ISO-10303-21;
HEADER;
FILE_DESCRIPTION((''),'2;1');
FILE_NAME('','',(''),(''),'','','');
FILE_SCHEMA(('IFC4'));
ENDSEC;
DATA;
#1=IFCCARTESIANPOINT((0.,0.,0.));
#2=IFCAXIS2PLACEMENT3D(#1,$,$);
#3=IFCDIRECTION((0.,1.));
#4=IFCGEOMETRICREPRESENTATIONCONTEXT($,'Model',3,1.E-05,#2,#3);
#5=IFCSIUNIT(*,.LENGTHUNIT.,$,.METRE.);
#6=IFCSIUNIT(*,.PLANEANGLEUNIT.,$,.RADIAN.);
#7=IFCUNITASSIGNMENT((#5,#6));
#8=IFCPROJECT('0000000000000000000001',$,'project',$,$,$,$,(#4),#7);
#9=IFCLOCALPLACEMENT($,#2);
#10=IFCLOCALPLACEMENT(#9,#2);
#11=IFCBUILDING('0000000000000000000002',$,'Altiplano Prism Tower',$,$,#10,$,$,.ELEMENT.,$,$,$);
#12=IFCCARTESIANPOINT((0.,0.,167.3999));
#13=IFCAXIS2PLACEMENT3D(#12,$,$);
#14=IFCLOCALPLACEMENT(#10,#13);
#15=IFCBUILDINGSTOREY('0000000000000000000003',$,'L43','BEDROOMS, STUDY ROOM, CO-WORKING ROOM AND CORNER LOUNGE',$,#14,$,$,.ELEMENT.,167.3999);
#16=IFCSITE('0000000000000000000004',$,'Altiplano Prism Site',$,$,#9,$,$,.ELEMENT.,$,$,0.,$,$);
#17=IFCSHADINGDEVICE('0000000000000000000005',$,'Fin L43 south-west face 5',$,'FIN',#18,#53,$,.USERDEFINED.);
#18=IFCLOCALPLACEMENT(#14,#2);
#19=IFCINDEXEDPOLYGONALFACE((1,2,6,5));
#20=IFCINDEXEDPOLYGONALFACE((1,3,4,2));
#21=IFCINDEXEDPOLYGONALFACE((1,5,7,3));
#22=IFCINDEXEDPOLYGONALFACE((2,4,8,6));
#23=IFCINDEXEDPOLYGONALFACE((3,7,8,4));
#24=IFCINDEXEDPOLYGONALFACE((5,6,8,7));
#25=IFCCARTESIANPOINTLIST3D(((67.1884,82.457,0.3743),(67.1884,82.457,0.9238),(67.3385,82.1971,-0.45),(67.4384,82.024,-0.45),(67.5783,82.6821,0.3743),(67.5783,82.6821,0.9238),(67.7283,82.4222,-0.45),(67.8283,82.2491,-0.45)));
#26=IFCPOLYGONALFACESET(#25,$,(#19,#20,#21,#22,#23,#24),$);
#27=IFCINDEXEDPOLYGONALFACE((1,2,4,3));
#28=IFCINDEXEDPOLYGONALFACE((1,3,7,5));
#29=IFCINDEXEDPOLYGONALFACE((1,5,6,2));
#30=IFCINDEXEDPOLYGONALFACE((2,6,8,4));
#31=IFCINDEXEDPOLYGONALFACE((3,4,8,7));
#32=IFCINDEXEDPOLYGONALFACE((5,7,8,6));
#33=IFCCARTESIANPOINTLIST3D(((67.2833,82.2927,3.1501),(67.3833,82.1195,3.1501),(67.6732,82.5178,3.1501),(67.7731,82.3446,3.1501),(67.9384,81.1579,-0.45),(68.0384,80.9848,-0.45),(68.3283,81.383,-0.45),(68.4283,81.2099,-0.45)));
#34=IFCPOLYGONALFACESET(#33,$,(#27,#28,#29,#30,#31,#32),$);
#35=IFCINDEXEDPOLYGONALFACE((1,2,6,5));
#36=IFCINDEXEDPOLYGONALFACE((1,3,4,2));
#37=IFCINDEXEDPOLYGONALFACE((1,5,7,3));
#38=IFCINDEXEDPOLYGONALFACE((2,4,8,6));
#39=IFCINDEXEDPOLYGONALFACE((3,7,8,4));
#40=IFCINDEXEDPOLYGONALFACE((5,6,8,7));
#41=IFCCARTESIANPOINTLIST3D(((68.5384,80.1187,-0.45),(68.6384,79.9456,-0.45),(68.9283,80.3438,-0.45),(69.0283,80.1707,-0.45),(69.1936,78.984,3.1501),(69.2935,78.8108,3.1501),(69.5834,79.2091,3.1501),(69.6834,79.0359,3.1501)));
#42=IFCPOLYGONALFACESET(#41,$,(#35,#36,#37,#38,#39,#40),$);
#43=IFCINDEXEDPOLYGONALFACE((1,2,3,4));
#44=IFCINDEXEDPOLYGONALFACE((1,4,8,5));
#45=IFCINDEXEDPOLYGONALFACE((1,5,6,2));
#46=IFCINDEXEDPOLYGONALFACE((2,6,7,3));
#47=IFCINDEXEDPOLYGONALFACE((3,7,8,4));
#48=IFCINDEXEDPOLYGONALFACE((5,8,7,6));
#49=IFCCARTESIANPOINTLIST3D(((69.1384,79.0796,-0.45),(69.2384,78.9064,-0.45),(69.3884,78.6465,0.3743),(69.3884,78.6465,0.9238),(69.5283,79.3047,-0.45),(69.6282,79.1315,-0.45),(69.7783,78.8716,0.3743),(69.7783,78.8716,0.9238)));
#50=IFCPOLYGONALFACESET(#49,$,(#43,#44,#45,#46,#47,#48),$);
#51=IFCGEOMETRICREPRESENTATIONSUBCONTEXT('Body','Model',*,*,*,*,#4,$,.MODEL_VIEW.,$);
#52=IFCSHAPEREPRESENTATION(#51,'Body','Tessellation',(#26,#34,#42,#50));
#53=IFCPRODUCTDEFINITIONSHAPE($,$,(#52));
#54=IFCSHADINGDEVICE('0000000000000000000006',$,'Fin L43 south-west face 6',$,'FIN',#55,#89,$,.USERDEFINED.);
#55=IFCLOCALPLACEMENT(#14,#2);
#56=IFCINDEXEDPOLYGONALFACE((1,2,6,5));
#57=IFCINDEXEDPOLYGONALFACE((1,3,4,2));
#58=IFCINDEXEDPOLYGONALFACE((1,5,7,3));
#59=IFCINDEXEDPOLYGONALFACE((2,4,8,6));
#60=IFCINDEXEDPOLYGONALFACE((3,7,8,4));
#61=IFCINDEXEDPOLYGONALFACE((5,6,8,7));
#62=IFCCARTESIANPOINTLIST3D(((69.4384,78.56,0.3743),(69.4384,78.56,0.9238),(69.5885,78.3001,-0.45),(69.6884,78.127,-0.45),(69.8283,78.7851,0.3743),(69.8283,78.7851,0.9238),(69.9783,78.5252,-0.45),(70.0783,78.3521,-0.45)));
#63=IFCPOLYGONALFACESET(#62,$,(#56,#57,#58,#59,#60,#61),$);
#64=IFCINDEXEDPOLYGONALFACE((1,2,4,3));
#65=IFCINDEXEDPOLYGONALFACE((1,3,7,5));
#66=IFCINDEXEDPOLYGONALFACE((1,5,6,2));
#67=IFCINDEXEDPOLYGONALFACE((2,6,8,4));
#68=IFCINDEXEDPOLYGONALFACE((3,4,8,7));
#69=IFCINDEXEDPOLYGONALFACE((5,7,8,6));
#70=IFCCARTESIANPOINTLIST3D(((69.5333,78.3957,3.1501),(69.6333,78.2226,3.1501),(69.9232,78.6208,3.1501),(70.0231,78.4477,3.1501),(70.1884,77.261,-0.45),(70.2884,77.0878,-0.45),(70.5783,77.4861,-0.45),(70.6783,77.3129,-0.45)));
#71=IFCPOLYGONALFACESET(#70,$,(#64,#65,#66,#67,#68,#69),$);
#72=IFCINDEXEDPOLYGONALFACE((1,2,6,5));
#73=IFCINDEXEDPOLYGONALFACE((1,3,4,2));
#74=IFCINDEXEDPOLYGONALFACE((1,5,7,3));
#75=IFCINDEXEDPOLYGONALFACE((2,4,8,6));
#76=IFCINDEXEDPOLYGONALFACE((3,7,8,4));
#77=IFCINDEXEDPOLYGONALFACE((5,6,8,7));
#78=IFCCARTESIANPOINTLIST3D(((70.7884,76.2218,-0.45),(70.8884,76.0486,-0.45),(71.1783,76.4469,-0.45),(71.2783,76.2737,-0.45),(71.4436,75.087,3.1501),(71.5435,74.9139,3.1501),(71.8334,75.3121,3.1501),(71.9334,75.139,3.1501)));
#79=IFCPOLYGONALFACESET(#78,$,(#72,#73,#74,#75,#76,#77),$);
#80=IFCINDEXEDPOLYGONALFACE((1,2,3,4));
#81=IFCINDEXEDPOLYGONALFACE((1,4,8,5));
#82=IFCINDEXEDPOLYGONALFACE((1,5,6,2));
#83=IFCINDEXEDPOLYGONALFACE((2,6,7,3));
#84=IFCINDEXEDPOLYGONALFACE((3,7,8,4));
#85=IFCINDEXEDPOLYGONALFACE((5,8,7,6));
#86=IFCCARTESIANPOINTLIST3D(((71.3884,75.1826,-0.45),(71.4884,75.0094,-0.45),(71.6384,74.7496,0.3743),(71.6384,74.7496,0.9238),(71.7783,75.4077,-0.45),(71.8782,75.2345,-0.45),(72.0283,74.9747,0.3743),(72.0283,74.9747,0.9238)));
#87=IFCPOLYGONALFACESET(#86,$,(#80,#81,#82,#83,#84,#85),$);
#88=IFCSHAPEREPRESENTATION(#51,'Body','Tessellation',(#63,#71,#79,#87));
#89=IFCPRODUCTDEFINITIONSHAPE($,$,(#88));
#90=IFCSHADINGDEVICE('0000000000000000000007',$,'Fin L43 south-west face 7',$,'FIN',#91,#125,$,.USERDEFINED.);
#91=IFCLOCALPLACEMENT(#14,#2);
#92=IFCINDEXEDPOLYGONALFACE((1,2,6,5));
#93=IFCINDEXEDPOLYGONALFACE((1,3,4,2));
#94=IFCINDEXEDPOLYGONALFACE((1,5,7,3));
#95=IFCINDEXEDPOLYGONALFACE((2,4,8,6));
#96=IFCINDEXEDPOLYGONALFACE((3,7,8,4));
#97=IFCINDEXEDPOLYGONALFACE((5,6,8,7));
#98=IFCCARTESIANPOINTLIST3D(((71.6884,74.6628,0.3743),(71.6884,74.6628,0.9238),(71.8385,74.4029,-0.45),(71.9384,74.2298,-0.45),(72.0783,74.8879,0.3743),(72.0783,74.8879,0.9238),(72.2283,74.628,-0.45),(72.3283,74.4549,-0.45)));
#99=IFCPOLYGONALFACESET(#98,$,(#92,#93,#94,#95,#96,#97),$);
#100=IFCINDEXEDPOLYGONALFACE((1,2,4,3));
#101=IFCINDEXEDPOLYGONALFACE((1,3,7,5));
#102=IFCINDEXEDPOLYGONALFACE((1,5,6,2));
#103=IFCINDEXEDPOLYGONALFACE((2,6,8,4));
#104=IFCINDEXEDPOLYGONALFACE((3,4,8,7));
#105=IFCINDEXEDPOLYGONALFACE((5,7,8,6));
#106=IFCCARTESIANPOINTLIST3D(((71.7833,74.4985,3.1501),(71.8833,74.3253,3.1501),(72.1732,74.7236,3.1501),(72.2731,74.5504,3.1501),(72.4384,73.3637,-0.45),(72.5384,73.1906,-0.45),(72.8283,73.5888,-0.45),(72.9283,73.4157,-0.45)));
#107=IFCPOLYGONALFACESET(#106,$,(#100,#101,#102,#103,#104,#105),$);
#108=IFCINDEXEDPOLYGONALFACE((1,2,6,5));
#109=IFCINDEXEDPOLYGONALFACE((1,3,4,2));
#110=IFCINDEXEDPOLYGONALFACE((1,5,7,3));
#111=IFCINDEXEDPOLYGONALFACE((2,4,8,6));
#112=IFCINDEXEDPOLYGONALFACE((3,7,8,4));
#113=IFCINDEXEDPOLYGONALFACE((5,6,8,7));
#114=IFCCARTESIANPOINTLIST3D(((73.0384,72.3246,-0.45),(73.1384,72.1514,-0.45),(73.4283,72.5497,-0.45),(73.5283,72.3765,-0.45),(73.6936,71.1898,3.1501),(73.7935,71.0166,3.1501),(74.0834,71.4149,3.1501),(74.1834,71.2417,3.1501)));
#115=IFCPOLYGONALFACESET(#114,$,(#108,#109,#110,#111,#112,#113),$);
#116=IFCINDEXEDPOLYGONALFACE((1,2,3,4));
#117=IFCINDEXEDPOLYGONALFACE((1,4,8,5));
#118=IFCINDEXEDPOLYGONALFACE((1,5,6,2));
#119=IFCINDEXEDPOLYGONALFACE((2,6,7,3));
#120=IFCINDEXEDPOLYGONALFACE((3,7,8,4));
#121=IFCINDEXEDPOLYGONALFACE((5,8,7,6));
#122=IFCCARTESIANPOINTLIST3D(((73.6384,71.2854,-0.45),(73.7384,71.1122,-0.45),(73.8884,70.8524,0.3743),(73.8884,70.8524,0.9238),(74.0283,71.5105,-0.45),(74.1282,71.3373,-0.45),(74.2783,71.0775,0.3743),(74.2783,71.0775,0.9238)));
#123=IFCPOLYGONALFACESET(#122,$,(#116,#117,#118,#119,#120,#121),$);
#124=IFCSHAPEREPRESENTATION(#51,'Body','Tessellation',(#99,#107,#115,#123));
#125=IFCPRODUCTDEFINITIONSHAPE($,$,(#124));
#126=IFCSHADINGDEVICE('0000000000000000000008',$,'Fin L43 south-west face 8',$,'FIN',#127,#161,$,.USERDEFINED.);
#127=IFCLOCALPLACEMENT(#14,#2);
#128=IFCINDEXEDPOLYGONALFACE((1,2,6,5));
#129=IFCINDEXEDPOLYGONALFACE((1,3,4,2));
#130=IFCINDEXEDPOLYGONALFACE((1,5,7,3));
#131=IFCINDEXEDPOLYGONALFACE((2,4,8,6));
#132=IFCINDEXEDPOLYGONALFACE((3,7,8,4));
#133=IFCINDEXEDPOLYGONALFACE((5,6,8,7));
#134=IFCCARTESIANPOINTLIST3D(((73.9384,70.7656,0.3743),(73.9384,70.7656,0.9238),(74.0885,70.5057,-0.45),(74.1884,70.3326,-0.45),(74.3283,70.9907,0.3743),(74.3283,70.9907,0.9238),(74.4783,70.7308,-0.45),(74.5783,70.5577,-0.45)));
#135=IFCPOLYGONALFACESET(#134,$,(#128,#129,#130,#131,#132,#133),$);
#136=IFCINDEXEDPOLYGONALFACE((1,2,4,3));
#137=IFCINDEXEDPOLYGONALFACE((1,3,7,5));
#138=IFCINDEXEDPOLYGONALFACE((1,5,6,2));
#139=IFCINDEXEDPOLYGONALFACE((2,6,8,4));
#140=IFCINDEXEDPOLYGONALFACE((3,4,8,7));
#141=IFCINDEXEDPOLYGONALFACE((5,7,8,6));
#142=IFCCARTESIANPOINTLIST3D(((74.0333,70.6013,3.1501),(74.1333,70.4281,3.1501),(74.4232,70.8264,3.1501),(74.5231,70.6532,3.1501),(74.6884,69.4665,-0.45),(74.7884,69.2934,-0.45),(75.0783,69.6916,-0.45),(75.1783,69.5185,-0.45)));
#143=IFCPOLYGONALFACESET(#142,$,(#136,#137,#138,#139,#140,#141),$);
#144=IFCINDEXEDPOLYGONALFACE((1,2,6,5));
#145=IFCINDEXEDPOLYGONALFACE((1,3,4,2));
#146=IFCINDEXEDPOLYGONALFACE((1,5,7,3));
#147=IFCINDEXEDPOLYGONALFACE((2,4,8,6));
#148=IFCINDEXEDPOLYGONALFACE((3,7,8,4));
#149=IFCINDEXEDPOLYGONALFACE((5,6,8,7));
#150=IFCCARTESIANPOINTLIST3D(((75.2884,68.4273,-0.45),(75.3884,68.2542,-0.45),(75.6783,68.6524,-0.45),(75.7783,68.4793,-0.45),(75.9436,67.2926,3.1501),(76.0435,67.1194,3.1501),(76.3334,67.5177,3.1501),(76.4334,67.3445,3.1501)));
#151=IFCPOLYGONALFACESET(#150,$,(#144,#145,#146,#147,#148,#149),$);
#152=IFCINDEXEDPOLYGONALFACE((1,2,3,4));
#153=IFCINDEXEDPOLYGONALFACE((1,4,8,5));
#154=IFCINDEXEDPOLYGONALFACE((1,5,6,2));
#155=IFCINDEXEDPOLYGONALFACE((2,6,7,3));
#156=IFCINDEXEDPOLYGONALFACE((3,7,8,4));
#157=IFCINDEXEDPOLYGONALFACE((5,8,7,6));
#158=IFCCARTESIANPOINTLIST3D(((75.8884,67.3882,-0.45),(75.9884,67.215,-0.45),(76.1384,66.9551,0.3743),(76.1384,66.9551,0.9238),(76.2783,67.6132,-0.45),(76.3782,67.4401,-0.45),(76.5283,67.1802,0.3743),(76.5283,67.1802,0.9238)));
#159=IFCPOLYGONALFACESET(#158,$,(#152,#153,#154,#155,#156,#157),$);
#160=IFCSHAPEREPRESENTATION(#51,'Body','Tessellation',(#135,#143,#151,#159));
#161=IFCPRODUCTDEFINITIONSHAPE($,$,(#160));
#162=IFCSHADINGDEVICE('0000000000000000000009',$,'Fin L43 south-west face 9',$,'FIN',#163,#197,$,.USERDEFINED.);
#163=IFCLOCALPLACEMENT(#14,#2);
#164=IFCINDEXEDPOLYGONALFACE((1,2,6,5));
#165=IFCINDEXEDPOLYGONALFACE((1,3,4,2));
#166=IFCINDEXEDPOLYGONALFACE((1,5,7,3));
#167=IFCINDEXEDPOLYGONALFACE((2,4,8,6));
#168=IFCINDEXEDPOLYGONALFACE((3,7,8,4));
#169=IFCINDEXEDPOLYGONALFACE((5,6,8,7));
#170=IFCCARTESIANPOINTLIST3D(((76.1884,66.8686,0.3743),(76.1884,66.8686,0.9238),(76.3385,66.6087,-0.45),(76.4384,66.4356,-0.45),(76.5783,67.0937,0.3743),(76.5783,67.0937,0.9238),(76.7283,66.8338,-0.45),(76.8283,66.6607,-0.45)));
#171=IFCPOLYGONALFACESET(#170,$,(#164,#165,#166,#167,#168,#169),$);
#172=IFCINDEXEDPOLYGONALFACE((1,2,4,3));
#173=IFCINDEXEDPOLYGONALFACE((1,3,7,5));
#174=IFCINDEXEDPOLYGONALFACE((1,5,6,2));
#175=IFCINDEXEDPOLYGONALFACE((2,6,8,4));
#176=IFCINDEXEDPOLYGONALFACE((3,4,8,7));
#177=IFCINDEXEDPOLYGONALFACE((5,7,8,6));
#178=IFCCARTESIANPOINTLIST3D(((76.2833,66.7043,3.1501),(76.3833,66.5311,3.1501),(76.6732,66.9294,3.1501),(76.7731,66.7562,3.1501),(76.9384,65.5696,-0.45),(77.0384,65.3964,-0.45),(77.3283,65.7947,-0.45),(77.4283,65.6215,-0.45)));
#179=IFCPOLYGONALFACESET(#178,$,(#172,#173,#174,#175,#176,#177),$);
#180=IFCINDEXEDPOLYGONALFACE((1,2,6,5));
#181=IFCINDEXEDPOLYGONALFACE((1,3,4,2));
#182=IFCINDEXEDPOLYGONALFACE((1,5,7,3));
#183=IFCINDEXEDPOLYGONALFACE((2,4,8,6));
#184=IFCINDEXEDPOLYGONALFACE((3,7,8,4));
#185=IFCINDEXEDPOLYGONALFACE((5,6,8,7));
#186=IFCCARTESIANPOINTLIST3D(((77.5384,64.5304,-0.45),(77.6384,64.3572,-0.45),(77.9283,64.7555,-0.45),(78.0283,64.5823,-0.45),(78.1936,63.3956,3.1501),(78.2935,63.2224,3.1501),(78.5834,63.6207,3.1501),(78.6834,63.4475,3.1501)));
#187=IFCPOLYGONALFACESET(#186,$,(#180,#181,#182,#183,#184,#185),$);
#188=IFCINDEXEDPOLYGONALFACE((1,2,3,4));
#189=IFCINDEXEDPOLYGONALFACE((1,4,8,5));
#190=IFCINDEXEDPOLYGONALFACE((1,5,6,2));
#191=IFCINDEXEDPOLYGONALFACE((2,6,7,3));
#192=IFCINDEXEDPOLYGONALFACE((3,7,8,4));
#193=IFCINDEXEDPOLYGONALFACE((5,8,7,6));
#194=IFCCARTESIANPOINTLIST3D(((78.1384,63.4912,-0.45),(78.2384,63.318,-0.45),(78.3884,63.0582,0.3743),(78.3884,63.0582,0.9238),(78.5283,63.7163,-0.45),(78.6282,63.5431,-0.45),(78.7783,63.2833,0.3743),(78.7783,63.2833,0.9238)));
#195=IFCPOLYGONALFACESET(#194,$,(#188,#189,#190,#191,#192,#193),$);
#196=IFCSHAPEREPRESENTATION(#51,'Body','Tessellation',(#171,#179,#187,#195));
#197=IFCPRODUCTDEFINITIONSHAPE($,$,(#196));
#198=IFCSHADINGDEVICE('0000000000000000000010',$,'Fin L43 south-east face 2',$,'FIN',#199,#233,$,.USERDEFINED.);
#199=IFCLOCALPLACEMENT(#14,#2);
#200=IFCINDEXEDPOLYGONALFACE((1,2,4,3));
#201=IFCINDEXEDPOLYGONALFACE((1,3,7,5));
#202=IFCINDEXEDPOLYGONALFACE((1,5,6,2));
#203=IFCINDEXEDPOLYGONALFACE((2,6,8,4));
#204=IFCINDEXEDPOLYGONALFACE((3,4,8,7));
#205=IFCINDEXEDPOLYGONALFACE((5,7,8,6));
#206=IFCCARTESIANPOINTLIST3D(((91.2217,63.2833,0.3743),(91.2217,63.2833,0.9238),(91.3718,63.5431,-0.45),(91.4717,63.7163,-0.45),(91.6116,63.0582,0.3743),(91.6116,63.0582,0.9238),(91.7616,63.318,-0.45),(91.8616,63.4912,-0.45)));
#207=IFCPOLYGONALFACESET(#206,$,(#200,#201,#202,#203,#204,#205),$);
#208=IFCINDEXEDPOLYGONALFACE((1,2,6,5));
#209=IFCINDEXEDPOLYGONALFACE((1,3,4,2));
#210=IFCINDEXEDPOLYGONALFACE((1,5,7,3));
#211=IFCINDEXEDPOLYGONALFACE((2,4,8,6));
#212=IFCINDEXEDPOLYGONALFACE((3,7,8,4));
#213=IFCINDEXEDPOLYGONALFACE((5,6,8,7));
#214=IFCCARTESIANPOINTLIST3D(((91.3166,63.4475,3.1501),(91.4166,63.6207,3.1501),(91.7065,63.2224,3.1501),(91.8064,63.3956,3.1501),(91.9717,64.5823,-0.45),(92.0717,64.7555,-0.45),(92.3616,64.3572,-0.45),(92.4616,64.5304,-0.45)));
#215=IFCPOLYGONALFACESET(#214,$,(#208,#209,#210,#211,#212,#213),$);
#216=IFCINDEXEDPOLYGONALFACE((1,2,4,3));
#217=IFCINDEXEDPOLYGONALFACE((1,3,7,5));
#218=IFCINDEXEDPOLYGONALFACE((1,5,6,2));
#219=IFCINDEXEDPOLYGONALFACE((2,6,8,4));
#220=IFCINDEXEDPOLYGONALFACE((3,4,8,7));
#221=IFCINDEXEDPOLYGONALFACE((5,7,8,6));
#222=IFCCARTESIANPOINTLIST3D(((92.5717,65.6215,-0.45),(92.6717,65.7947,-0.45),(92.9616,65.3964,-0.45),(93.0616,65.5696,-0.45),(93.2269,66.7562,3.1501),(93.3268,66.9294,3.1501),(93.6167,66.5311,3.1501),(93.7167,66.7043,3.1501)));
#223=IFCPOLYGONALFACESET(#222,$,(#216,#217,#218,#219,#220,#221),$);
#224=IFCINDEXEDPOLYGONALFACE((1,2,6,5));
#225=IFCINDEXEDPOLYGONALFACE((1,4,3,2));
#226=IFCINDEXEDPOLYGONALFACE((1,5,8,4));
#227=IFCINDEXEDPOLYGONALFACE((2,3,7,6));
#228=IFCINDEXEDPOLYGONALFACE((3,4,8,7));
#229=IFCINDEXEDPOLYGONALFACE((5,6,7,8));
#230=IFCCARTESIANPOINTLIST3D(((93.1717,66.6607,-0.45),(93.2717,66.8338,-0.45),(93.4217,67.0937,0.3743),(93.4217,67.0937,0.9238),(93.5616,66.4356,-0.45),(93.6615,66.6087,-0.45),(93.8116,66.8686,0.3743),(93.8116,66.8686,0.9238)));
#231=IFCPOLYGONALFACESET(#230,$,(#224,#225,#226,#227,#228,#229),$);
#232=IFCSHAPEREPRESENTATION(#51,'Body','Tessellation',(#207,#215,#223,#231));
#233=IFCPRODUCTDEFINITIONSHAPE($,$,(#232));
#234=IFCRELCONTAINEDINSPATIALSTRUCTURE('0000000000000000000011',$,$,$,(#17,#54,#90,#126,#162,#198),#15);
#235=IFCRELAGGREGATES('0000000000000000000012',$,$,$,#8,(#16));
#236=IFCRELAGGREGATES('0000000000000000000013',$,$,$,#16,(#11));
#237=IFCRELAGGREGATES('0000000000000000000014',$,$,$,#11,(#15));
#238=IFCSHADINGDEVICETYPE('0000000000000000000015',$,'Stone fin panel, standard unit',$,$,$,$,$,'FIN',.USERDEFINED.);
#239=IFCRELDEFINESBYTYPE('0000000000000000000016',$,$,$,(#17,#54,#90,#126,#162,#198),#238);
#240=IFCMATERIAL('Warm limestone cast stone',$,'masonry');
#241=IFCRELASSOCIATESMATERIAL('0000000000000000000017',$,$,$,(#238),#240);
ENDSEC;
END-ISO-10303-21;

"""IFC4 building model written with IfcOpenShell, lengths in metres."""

from ifc_helpers import new_model, si_unit, direction, frame, origin, place, context, subcontext, project, spatial, polyline, outline, extrude, source, transform, mapped, material, type_object, element, save


model = new_model("IFC4")

# Units and contexts
model_context = context("Model", 3, precision=1e-05, world=origin(), true_north=direction((0.0, 1.0)))
body_context = subcontext(model_context, "Body", "Model", "MODEL_VIEW")
ifc_project = project(units=[si_unit("LENGTHUNIT", "METRE"), si_unit("PLANEANGLEUNIT", "RADIAN")], contexts=[model_context])

# Site, building, storey
site_placement = place(None, origin())
site = spatial("IfcSite", under=ifc_project, at=site_placement, Name="Altiplano Prism Site", CompositionType="ELEMENT", RefElevation=0.0)
building_placement = place(site_placement, origin())
building = spatial("IfcBuilding", under=site, at=building_placement, Name="Altiplano Prism Tower", CompositionType="ELEMENT")
storey_placement = place(building_placement, frame((0.0, 0.0, 167.3999)))
storey = spatial("IfcBuildingStorey", under=building, at=storey_placement, Name="L43", Description="BEDROOMS, STUDY ROOM, CO-WORKING ROOM AND CORNER LOUNGE", CompositionType="ELEMENT", Elevation=167.3999)

# Shading devices
ifc_material_1 = material(Name="Warm limestone cast stone", Category="masonry")
shading_device_type_1 = type_object("IfcShadingDeviceType", Name="Stone fin panel, standard unit", ElementType="FIN", PredefinedType="USERDEFINED", material=ifc_material_1)
shared_shape_1 = source(origin(), body_context, "Body", "SweptSolid", [
    extrude(outline(polyline([(-2.2, 1.3738), (-2.2, 0.8242), (-1.8999, 0.0), (-1.7, 0.0), (-2.2, 1.3738)])), frame((0.0, -0.1499, 0.0), z_axis=(0.0, -1.0, 0.0), x_axis=(1.0, 0.0, 0.0)), (0.0, 0.0, 1.0), 0.4502),
    extrude(outline(polyline([(-2.0103, 3.6001), (-0.7, 0.0), (-0.5, 0.0), (-1.8103, 3.6001), (-2.0103, 3.6001)])), frame((0.0, -0.1499, 0.0), z_axis=(0.0, -1.0, 0.0), x_axis=(1.0, 0.0, 0.0)), (0.0, 0.0, 1.0), 0.4502),
    extrude(outline(polyline([(1.8103, 3.6001), (0.5, 0.0), (0.7, 0.0), (2.0103, 3.6001), (1.8103, 3.6001)])), frame((0.0, -0.1499, 0.0), z_axis=(0.0, -1.0, 0.0), x_axis=(1.0, 0.0, 0.0)), (0.0, 0.0, 1.0), 0.4502),
    extrude(outline(polyline([(2.2, 0.8242), (2.2, 1.3738), (1.7, 0.0), (1.8999, 0.0), (2.2, 0.8242)])), frame((0.0, -0.1499, 0.0), z_axis=(0.0, -1.0, 0.0), x_axis=(1.0, 0.0, 0.0)), (0.0, 0.0, 1.0), 0.4502),
])
shading_device_1_placement = place(storey_placement, origin())
element("IfcShadingDevice", 1, at=shading_device_1_placement, inside=storey, type_object=shading_device_type_1, Name="Fin L43 south-west face 5", ObjectType="FIN", PredefinedType="USERDEFINED", context=body_context, shape_type="MappedRepresentation", body=[
    mapped(shared_shape_1, transform((68.8081, 80.8518, -0.45), x_axis=(0.5, -0.866025, 0.0), y_axis=(0.866025, 0.5, 0.0), z_axis=(0.0, 0.0, 1.0))),
])
shading_device_2_placement = place(storey_placement, origin())
element("IfcShadingDevice", 2, at=shading_device_2_placement, inside=storey, type_object=shading_device_type_1, Name="Fin L43 south-west face 6", ObjectType="FIN", PredefinedType="USERDEFINED", context=body_context, shape_type="MappedRepresentation", body=[
    mapped(shared_shape_1, transform((71.0581, 76.9548, -0.45), x_axis=(0.5, -0.866025, 0.0), y_axis=(0.866025, 0.5, 0.0), z_axis=(0.0, 0.0, 1.0))),
])
shading_device_3_placement = place(storey_placement, origin())
element("IfcShadingDevice", 3, at=shading_device_3_placement, inside=storey, type_object=shading_device_type_1, Name="Fin L43 south-west face 7", ObjectType="FIN", PredefinedType="USERDEFINED", context=body_context, shape_type="MappedRepresentation", body=[
    mapped(shared_shape_1, transform((73.3081, 73.0576, -0.45), x_axis=(0.5, -0.866025, 0.0), y_axis=(0.866025, 0.5, 0.0), z_axis=(0.0, 0.0, 1.0))),
])
shading_device_4_placement = place(storey_placement, origin())
element("IfcShadingDevice", 4, at=shading_device_4_placement, inside=storey, type_object=shading_device_type_1, Name="Fin L43 south-west face 8", ObjectType="FIN", PredefinedType="USERDEFINED", context=body_context, shape_type="MappedRepresentation", body=[
    mapped(shared_shape_1, transform((75.5581, 69.1604, -0.45), x_axis=(0.5, -0.866025, 0.0), y_axis=(0.866025, 0.5, 0.0), z_axis=(0.0, 0.0, 1.0))),
])
shading_device_5_placement = place(storey_placement, origin())
element("IfcShadingDevice", 5, at=shading_device_5_placement, inside=storey, type_object=shading_device_type_1, Name="Fin L43 south-west face 9", ObjectType="FIN", PredefinedType="USERDEFINED", context=body_context, shape_type="MappedRepresentation", body=[
    mapped(shared_shape_1, transform((77.8081, 65.2634, -0.45), x_axis=(0.5, -0.866025, 0.0), y_axis=(0.866025, 0.5, 0.0), z_axis=(0.0, 0.0, 1.0))),
])
shading_device_6_placement = place(storey_placement, origin())
element("IfcShadingDevice", 6, at=shading_device_6_placement, inside=storey, type_object=shading_device_type_1, Name="Fin L43 south-east face 2", ObjectType="FIN", PredefinedType="USERDEFINED", context=body_context, shape_type="MappedRepresentation", body=[
    mapped(shared_shape_1, transform((92.1919, 65.2634, -0.45), x_axis=(0.5, 0.866025, 0.0), y_axis=(-0.866025, 0.5, 0.0), z_axis=(0.0, 0.0, 1.0))),
])

save(model, "model.ifc")
